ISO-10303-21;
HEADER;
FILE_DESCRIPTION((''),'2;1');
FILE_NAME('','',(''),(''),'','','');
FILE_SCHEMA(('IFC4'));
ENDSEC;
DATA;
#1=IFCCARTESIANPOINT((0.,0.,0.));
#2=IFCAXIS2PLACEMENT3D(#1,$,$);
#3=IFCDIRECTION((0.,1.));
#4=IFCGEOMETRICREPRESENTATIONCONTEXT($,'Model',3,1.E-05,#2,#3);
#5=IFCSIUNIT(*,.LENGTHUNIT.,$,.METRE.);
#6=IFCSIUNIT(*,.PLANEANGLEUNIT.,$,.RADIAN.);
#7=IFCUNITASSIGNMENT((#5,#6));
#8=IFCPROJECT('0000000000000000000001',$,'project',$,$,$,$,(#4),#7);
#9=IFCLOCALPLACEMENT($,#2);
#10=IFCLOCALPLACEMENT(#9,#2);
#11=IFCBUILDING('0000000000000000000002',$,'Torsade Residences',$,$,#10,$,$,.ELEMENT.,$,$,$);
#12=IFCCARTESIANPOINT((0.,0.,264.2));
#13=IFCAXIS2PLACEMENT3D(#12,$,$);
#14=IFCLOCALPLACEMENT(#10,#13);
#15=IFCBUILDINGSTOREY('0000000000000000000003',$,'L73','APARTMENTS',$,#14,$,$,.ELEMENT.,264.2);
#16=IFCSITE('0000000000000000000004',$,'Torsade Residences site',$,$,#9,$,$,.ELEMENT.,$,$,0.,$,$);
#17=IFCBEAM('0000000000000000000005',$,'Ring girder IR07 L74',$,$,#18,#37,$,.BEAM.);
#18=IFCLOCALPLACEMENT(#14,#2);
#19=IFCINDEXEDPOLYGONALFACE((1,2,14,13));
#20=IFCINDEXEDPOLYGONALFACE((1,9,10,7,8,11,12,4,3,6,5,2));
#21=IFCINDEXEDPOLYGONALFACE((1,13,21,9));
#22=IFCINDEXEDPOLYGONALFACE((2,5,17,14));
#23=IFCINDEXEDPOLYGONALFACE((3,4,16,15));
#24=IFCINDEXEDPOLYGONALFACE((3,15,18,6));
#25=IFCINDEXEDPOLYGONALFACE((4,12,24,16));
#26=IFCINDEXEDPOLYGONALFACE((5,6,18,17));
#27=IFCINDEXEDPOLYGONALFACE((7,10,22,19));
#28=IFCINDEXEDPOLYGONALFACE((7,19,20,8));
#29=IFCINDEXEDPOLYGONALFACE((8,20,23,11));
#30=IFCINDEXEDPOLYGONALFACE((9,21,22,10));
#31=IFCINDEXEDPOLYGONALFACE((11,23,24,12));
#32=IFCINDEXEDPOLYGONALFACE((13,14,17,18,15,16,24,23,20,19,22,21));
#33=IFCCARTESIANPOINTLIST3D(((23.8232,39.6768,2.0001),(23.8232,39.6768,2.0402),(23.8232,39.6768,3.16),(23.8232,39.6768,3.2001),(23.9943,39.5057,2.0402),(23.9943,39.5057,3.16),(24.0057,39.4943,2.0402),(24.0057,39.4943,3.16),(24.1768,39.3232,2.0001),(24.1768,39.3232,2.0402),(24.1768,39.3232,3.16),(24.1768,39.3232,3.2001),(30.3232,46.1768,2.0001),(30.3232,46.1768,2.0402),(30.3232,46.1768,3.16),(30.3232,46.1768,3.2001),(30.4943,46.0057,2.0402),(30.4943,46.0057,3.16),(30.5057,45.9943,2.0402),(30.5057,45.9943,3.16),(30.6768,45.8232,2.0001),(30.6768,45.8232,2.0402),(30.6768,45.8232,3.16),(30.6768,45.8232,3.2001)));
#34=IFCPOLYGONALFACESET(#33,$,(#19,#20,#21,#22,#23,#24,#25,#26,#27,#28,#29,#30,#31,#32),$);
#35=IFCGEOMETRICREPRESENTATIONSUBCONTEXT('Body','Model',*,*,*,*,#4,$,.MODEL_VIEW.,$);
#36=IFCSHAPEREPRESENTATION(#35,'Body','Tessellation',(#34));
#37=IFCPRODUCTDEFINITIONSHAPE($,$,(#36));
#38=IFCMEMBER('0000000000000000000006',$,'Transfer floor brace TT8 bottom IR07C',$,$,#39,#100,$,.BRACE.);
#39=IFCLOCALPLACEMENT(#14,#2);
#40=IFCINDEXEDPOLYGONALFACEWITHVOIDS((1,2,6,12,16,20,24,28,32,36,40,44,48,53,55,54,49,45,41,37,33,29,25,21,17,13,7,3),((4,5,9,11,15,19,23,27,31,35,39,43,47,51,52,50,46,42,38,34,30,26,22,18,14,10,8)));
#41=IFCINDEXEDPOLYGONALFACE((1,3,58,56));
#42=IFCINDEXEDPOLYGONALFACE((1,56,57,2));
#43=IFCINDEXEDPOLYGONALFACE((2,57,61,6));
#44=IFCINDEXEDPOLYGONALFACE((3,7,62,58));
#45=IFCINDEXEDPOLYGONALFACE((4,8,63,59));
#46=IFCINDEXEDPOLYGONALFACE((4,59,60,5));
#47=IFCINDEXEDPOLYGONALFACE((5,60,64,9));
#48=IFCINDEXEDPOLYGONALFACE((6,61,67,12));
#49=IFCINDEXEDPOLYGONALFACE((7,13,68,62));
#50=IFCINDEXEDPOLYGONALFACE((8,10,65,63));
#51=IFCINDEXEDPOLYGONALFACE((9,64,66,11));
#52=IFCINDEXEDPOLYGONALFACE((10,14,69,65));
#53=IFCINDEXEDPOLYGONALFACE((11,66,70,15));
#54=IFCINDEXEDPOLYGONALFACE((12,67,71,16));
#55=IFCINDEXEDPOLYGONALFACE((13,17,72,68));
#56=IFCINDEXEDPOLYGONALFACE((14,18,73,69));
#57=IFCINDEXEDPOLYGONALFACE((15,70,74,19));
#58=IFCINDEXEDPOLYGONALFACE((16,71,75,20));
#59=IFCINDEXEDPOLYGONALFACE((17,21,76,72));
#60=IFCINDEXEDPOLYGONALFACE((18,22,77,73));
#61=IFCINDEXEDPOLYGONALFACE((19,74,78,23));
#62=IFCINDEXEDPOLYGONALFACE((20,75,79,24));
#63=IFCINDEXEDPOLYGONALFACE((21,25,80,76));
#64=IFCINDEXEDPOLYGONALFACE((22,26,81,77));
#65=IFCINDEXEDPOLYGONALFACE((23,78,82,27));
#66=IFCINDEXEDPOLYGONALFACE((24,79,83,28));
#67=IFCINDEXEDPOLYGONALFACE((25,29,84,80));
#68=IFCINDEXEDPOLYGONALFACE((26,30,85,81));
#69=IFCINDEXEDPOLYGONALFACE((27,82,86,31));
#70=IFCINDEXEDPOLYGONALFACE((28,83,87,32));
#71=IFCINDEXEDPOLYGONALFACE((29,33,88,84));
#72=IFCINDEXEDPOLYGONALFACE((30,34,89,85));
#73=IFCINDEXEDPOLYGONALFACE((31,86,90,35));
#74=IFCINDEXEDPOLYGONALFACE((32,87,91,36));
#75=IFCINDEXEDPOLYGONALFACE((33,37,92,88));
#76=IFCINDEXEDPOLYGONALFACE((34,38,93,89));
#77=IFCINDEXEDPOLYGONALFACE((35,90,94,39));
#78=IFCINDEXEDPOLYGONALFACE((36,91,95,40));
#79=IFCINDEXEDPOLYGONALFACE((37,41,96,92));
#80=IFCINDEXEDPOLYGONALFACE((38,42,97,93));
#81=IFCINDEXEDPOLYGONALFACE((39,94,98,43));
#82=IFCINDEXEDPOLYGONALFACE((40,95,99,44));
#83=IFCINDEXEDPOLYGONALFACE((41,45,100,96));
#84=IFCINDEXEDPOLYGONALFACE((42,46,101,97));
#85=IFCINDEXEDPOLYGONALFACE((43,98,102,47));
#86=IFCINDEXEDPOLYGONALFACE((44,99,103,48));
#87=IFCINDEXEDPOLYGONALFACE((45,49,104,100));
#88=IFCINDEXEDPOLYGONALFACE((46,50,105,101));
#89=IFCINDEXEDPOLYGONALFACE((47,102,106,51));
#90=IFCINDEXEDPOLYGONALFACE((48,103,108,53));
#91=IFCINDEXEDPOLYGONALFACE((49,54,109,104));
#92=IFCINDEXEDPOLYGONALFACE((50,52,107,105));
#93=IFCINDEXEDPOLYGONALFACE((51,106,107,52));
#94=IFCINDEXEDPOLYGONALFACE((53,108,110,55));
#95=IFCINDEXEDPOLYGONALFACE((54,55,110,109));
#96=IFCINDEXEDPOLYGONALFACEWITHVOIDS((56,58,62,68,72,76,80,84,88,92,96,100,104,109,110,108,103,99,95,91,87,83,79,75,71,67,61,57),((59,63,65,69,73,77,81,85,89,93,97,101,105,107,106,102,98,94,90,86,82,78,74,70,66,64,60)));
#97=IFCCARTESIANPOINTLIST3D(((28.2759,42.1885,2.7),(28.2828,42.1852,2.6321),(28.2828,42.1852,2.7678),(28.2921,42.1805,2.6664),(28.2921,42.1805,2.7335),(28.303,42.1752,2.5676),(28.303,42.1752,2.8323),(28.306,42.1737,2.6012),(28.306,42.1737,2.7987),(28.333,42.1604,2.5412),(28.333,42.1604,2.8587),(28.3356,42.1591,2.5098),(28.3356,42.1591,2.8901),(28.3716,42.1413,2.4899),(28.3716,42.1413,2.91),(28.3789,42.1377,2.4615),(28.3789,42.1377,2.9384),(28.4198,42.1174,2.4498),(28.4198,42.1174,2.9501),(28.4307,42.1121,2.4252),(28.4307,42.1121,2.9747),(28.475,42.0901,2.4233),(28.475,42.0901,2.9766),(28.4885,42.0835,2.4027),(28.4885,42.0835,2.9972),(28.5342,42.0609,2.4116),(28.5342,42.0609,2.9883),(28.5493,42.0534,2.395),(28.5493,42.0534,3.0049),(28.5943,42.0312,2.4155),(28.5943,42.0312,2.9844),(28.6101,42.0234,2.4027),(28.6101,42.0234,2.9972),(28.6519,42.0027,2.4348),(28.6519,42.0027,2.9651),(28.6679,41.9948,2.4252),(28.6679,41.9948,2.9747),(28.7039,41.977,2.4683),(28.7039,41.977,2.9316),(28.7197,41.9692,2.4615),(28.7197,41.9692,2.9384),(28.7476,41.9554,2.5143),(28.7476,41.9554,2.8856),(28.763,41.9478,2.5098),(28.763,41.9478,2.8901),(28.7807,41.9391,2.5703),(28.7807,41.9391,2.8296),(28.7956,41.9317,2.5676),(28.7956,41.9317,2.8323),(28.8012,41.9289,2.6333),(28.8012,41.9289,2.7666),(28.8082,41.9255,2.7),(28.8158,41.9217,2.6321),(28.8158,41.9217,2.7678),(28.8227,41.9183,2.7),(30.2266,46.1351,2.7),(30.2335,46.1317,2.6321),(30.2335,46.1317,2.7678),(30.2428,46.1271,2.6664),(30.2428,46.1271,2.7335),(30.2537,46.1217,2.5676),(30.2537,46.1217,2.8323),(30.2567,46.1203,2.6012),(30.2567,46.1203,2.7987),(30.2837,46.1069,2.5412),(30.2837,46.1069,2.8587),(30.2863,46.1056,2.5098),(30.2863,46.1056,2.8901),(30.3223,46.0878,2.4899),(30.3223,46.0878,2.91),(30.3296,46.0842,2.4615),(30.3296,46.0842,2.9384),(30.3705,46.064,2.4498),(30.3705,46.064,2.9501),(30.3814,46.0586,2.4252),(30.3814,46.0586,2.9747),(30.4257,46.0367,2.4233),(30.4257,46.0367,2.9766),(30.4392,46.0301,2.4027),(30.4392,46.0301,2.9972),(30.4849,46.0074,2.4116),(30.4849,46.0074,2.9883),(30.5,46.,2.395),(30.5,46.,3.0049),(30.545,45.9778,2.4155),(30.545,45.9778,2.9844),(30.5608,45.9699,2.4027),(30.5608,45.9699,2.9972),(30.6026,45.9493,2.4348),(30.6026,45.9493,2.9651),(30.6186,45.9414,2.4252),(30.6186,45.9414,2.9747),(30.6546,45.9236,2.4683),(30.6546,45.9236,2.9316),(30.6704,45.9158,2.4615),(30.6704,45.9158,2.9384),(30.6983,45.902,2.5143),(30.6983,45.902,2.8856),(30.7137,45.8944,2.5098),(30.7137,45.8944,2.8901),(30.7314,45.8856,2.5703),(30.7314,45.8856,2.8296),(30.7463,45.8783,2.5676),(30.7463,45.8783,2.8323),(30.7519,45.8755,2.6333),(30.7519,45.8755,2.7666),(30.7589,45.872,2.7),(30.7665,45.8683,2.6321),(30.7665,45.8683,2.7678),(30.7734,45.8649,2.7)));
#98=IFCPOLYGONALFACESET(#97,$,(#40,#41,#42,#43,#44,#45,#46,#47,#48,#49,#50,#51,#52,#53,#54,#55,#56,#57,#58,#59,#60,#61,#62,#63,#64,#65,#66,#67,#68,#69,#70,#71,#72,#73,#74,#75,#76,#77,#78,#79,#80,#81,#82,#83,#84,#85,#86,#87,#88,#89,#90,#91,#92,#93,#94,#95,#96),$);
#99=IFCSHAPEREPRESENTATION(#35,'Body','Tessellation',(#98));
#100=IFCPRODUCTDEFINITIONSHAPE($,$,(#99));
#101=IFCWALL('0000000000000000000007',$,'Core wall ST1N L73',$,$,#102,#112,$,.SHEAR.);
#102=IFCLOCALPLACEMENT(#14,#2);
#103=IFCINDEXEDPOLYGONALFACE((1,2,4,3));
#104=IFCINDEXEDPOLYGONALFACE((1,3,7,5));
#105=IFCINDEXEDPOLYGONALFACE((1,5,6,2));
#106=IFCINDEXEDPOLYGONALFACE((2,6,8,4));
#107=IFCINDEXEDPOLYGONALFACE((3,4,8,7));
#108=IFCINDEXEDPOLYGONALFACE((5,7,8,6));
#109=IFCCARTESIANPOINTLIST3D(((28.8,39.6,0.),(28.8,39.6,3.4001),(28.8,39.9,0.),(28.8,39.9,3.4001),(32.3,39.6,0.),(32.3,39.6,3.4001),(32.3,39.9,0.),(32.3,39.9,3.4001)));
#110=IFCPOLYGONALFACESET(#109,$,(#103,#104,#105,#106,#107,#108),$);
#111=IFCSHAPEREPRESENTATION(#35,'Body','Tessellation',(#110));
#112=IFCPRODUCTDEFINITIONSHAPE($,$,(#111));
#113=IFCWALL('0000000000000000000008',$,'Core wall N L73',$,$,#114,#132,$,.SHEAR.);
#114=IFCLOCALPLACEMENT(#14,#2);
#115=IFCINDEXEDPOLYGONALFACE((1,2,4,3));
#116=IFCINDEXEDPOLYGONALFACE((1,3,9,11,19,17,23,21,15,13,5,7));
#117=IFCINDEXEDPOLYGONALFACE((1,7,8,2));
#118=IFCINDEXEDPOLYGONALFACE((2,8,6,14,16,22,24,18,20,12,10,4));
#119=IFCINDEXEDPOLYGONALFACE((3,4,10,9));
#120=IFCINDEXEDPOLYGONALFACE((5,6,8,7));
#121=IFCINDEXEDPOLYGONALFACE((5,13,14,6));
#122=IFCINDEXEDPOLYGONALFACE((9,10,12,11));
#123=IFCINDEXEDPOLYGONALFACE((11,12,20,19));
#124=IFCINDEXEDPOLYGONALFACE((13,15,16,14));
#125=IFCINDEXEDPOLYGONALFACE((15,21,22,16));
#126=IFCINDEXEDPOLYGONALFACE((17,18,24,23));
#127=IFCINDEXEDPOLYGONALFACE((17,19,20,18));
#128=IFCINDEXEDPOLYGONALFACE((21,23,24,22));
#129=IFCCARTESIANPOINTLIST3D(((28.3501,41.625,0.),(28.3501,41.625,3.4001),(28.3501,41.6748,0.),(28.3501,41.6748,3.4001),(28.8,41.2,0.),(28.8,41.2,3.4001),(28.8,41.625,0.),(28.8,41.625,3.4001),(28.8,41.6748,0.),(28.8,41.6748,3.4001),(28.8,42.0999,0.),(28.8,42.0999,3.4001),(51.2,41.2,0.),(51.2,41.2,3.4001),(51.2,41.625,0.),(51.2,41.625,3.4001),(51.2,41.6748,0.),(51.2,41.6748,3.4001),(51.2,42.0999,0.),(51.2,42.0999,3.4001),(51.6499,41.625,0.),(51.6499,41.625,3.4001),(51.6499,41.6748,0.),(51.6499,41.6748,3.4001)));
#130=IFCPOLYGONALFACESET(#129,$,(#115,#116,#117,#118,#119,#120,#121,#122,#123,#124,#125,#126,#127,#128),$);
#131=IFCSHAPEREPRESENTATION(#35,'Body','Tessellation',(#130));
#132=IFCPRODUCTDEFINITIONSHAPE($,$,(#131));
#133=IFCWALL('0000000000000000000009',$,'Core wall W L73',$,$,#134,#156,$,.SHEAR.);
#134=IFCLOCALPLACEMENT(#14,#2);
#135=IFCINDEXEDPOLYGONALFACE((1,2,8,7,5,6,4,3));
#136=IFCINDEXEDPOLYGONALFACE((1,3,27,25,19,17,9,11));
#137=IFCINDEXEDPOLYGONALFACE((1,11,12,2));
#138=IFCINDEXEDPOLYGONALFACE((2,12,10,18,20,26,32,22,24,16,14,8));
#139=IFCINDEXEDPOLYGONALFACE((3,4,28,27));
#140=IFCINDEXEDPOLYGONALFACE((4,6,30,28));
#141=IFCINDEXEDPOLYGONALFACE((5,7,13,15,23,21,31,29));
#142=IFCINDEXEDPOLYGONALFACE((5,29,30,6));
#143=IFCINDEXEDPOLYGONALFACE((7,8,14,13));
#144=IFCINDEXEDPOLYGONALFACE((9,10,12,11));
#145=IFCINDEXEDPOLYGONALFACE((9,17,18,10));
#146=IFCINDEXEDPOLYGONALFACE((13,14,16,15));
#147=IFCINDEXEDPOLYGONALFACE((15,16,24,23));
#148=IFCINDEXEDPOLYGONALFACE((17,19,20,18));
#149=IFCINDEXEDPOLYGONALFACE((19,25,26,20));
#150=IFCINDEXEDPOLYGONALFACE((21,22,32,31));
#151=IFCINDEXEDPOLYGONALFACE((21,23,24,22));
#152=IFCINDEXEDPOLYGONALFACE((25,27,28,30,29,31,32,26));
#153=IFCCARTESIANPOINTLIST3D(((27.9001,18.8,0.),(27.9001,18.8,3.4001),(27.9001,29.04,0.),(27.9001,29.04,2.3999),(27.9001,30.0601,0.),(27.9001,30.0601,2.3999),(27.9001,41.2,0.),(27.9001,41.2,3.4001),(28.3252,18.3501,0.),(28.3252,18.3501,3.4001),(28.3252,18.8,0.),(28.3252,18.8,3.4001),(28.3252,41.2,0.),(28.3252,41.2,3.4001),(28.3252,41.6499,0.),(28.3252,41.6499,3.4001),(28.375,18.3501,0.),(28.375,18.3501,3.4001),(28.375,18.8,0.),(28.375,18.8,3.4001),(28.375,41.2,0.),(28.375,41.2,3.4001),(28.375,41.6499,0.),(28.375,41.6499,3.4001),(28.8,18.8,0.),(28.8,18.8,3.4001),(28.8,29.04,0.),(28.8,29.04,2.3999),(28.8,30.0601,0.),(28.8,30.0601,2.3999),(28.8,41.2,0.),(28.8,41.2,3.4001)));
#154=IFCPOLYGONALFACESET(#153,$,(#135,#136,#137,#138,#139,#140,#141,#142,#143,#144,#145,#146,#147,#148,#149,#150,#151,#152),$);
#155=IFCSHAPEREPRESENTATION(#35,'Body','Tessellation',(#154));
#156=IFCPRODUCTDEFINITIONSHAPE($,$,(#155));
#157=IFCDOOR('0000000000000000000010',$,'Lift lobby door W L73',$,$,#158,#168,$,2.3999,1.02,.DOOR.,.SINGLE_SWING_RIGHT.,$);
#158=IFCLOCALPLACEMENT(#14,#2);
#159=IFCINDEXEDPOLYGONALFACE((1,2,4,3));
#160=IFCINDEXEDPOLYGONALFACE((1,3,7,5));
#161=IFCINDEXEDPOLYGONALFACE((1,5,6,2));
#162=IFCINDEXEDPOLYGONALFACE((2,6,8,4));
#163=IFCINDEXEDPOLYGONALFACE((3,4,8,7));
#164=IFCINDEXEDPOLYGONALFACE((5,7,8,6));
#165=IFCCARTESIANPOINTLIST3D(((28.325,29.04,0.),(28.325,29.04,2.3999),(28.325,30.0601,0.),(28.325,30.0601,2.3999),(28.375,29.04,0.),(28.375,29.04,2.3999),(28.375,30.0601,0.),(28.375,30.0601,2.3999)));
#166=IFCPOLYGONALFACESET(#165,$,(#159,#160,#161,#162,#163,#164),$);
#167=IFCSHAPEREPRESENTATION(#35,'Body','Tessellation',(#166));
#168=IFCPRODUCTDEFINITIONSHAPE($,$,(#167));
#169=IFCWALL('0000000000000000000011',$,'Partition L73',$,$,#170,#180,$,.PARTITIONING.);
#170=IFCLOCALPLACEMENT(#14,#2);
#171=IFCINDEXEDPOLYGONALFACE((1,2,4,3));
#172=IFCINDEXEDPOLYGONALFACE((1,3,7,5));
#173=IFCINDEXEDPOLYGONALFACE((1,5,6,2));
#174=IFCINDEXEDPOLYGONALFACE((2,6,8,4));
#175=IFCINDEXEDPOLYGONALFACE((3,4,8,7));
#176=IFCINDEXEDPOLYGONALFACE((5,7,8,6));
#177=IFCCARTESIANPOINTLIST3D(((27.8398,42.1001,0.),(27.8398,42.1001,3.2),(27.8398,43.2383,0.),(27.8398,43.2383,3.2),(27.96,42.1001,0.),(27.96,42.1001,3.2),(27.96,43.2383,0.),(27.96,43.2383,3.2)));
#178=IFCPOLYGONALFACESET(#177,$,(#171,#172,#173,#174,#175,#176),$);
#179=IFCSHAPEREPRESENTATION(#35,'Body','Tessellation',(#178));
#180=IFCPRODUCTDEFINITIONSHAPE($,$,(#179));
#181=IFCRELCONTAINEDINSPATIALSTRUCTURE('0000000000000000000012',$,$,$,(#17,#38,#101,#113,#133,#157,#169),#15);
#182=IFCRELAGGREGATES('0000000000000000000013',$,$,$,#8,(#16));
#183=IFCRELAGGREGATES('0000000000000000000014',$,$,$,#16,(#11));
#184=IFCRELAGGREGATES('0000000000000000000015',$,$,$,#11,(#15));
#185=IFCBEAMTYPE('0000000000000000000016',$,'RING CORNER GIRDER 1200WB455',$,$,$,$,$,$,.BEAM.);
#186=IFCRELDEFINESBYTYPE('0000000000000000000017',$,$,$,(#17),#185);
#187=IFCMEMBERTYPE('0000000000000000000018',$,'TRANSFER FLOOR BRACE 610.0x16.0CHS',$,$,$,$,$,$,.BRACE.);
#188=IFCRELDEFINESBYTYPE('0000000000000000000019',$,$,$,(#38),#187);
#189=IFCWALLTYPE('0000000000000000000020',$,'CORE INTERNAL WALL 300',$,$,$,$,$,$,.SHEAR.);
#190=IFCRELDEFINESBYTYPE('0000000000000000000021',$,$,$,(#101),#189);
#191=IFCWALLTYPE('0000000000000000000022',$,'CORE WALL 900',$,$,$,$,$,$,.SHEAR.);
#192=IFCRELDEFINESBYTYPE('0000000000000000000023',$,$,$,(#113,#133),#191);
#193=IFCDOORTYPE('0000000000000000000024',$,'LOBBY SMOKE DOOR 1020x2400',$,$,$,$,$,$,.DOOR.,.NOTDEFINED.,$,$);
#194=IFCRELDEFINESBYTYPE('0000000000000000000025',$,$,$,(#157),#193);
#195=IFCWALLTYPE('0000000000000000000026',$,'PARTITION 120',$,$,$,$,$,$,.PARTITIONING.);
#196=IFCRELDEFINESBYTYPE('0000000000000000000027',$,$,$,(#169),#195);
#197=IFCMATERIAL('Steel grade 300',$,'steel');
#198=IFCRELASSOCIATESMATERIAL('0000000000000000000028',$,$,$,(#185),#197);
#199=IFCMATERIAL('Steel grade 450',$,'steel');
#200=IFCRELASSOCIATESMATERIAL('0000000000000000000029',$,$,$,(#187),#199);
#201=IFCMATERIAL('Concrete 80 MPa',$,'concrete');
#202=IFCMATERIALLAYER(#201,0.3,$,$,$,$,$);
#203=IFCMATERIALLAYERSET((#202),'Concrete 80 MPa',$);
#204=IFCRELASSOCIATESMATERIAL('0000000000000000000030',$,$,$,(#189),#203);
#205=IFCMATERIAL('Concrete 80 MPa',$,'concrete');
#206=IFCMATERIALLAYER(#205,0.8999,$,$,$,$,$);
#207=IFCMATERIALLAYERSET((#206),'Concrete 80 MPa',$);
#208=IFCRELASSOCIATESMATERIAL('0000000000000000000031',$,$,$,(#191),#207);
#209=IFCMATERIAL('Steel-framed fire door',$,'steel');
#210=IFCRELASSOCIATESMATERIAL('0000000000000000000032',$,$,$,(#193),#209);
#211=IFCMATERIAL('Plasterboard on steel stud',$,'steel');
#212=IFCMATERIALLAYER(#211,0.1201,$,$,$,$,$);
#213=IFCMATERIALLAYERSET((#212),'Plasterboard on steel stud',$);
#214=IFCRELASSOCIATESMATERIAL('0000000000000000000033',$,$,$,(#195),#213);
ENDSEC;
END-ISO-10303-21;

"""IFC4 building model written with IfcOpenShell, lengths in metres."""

from ifc_helpers import new_model, si_unit, direction, frame, frame_2d, origin, origin_2d, place, context, subcontext, project, spatial, polyline, rectangle, hollow_circle, i_section, outline, extrude, material, layer, layer_set, material_profile, profile_set, type_object, element, fill, save


model = new_model("IFC4")

# Units and contexts
model_context = context("Model", 3, precision=1e-05, world=origin(), true_north=direction((0.0, 1.0)))
body_context = subcontext(model_context, "Body", "Model", "MODEL_VIEW")
ifc_project = project(units=[si_unit("LENGTHUNIT", "METRE"), si_unit("PLANEANGLEUNIT", "RADIAN")], contexts=[model_context])

# Site, building, storey
site_placement = place(None, origin())
site = spatial("IfcSite", under=ifc_project, at=site_placement, Name="Torsade Residences site", CompositionType="ELEMENT", RefElevation=0.0)
building_placement = place(site_placement, origin())
building = spatial("IfcBuilding", under=site, at=building_placement, Name="Torsade Residences", CompositionType="ELEMENT")
storey_placement = place(building_placement, frame((0.0, 0.0, 264.2)))
storey = spatial("IfcBuildingStorey", under=building, at=storey_placement, Name="L73", Description="APARTMENTS", CompositionType="ELEMENT", Elevation=264.2)

# Beam
ifc_material_1 = material(Name="Steel grade 300", Category="steel")
ifc_material_profile_1 = material_profile(ifc_material_1, i_section(OverallWidth=0.5, OverallDepth=1.2, WebThickness=0.0161, FlangeThickness=0.04, at=origin_2d()), Name="1200WB455")
ifc_profile_set_1 = profile_set([ifc_material_profile_1], Name="Steel grade 300")
beam_type_1 = type_object("IfcBeamType", Name="RING CORNER GIRDER 1200WB455", PredefinedType="BEAM", material=ifc_profile_set_1)
beam_1_placement = place(storey_placement, frame((30.5, 46.0, 2.6001), z_axis=(-0.707107, -0.707107, 0.0), x_axis=(0.707107, -0.707107, 0.0)))
element("IfcBeam", 1, at=beam_1_placement, inside=storey, type_object=beam_type_1, Name="Ring girder IR07 L74", PredefinedType="BEAM", context=body_context, shape_type="SweptSolid", body=[
    extrude(i_section(OverallWidth=0.5, OverallDepth=1.2, WebThickness=0.0161, FlangeThickness=0.04, at=origin_2d()), origin(), (0.0, 0.0, 1.0), 9.1924),
])

# Member
ifc_material_2 = material(Name="Steel grade 450", Category="steel")
ifc_material_profile_2 = material_profile(ifc_material_2, hollow_circle(Radius=0.3049, WallThickness=0.0161, at=origin_2d()), Name="610.0x16.0CHS")
ifc_profile_set_2 = profile_set([ifc_material_profile_2], Name="Steel grade 450")
member_type = type_object("IfcMemberType", Name="TRANSFER FLOOR BRACE 610.0x16.0CHS", PredefinedType="BRACE", material=ifc_profile_set_2)
member_placement = place(storey_placement, frame((30.5, 46.0, 2.7), z_axis=(-0.443105, -0.89647, 0.0), x_axis=(0.89647, -0.443105, 0.0)))
element("IfcMember", 2, at=member_placement, inside=storey, type_object=member_type, Name="Transfer floor brace TT8 bottom IR07C", PredefinedType="BRACE", context=body_context, shape_type="SweptSolid", body=[
    extrude(hollow_circle(Radius=0.3049, WallThickness=0.0161, at=origin_2d()), origin(), (0.0, 0.0, 1.0), 4.4023),
])

# Walls
ifc_material_3 = material(Name="Concrete 80 MPa", Category="concrete")
ifc_layer_1 = layer(ifc_material_3, 0.3)
ifc_layer_set_1 = layer_set([ifc_layer_1], Name="Concrete 80 MPa")
wall_type_1 = type_object("IfcWallType", Name="CORE INTERNAL WALL 300", PredefinedType="SHEAR", material=ifc_layer_set_1)
wall_1_placement = place(storey_placement, frame((28.8, 39.75, 0.0), z_axis=(0.0, 0.0, 1.0), x_axis=(1.0, 0.0, 0.0)))
element("IfcWall", 3, at=wall_1_placement, inside=storey, type_object=wall_type_1, Name="Core wall ST1N L73", PredefinedType="SHEAR", context=body_context, shape_type="SweptSolid", body=[
    extrude(rectangle(XDim=3.5, YDim=0.3, at=frame_2d((1.75, 0.0))), origin(), (0.0, 0.0, 1.0), 3.4001),
])
ifc_material_4 = material(Name="Concrete 80 MPa", Category="concrete")
ifc_layer_2 = layer(ifc_material_4, 0.8999)
ifc_layer_set_2 = layer_set([ifc_layer_2], Name="Concrete 80 MPa")
wall_type_2 = type_object("IfcWallType", Name="CORE WALL 900", PredefinedType="SHEAR", material=ifc_layer_set_2)
wall_2_placement = place(storey_placement, frame((28.8, 41.6499, 0.0), z_axis=(0.0, 0.0, 1.0), x_axis=(1.0, 0.0, 0.0)))
element("IfcWall", 4, at=wall_2_placement, inside=storey, type_object=wall_type_2, Name="Core wall N L73", PredefinedType="SHEAR", context=body_context, shape_type="SweptSolid", body=[
    extrude(outline(polyline([(0.0, -0.45), (22.3999, -0.45), (22.3999, -0.0249), (22.8499, -0.0249), (22.8499, 0.0249), (22.3999, 0.0249), (22.3999, 0.45), (0.0, 0.45), (0.0, 0.0249), (-0.45, 0.0249), (-0.45, -0.0249), (0.0, -0.0249), (0.0, -0.45)])), origin(), (0.0, 0.0, 1.0), 3.4001),
])

# Wall, opening, door
wall_3_placement = place(storey_placement, frame((28.3501, 41.2, 0.0), z_axis=(0.0, 0.0, 1.0), x_axis=(0.0, -1.0, 0.0)))
wall_3 = element("IfcWall", 5, at=wall_3_placement, inside=storey, type_object=wall_type_2, Name="Core wall W L73", PredefinedType="SHEAR", context=body_context, shape_type="SweptSolid", body=[
    extrude(outline(polyline([(0.0, -0.45), (22.3999, -0.45), (22.3999, -0.0249), (22.8499, -0.0249), (22.8499, 0.0249), (22.3999, 0.0249), (22.3999, 0.45), (0.0, 0.45), (0.0, 0.0249), (-0.45, 0.0249), (-0.45, -0.0249), (0.0, -0.0249), (0.0, -0.45)])), origin(), (0.0, 0.0, 1.0), 3.4001),
])
opening_1_placement = place(wall_3_placement, frame((11.1399, 0.0, 0.0)))
opening_1 = element("IfcOpeningElement", 6, at=opening_1_placement, cuts=wall_3, PredefinedType="OPENING", context=body_context, shape_type="SweptSolid", body=[
    extrude(rectangle(XDim=1.02, YDim=2.3999, at=frame_2d((0.51, 1.2))), frame((0.0, 0.46, 0.0), z_axis=(0.0, -1.0, 0.0), x_axis=(1.0, 0.0, 0.0)), (0.0, 0.0, 1.0), 0.9199),
])
ifc_material_5 = material(Name="Steel-framed fire door", Category="steel")
door_type_1 = type_object("IfcDoorType", Name="LOBBY SMOKE DOOR 1020x2400", OperationType="NOTDEFINED", PredefinedType="DOOR", material=ifc_material_5)
door_1_placement = place(opening_1_placement, origin())
door_1 = element("IfcDoor", 7, at=door_1_placement, inside=storey, type_object=door_type_1, Name="Lift lobby door W L73", OperationType="SINGLE_SWING_RIGHT", OverallHeight=2.3999, OverallWidth=1.02, PredefinedType="DOOR", context=body_context, shape_type="SweptSolid", body=[
    extrude(rectangle(XDim=1.02, YDim=2.3999, at=frame_2d((0.51, 1.2))), frame((0.0, 0.0249, 0.0), z_axis=(0.0, -1.0, 0.0), x_axis=(1.0, 0.0, 0.0)), (0.0, 0.0, 1.0), 0.05),
])
fill(opening_1, door_1)

# Wall
ifc_material_6 = material(Name="Plasterboard on steel stud", Category="steel")
ifc_layer_3 = layer(ifc_material_6, 0.1201)
ifc_layer_set_3 = layer_set([ifc_layer_3], Name="Plasterboard on steel stud")
wall_type_3 = type_object("IfcWallType", Name="PARTITION 120", PredefinedType="PARTITIONING", material=ifc_layer_set_3)
wall_4_placement = place(storey_placement, frame((27.8999, 42.1001, 0.0), z_axis=(0.0, 0.0, 1.0), x_axis=(0.0, 1.0, 0.0)))
element("IfcWall", 8, at=wall_4_placement, inside=storey, type_object=wall_type_3, Name="Partition L73", PredefinedType="PARTITIONING", context=body_context, shape_type="SweptSolid", body=[
    extrude(rectangle(XDim=1.1382, YDim=0.1201, at=frame_2d((0.5691, 0.0))), origin(), (0.0, 0.0, 1.0), 3.2),
])

save(model, "model.ifc")
